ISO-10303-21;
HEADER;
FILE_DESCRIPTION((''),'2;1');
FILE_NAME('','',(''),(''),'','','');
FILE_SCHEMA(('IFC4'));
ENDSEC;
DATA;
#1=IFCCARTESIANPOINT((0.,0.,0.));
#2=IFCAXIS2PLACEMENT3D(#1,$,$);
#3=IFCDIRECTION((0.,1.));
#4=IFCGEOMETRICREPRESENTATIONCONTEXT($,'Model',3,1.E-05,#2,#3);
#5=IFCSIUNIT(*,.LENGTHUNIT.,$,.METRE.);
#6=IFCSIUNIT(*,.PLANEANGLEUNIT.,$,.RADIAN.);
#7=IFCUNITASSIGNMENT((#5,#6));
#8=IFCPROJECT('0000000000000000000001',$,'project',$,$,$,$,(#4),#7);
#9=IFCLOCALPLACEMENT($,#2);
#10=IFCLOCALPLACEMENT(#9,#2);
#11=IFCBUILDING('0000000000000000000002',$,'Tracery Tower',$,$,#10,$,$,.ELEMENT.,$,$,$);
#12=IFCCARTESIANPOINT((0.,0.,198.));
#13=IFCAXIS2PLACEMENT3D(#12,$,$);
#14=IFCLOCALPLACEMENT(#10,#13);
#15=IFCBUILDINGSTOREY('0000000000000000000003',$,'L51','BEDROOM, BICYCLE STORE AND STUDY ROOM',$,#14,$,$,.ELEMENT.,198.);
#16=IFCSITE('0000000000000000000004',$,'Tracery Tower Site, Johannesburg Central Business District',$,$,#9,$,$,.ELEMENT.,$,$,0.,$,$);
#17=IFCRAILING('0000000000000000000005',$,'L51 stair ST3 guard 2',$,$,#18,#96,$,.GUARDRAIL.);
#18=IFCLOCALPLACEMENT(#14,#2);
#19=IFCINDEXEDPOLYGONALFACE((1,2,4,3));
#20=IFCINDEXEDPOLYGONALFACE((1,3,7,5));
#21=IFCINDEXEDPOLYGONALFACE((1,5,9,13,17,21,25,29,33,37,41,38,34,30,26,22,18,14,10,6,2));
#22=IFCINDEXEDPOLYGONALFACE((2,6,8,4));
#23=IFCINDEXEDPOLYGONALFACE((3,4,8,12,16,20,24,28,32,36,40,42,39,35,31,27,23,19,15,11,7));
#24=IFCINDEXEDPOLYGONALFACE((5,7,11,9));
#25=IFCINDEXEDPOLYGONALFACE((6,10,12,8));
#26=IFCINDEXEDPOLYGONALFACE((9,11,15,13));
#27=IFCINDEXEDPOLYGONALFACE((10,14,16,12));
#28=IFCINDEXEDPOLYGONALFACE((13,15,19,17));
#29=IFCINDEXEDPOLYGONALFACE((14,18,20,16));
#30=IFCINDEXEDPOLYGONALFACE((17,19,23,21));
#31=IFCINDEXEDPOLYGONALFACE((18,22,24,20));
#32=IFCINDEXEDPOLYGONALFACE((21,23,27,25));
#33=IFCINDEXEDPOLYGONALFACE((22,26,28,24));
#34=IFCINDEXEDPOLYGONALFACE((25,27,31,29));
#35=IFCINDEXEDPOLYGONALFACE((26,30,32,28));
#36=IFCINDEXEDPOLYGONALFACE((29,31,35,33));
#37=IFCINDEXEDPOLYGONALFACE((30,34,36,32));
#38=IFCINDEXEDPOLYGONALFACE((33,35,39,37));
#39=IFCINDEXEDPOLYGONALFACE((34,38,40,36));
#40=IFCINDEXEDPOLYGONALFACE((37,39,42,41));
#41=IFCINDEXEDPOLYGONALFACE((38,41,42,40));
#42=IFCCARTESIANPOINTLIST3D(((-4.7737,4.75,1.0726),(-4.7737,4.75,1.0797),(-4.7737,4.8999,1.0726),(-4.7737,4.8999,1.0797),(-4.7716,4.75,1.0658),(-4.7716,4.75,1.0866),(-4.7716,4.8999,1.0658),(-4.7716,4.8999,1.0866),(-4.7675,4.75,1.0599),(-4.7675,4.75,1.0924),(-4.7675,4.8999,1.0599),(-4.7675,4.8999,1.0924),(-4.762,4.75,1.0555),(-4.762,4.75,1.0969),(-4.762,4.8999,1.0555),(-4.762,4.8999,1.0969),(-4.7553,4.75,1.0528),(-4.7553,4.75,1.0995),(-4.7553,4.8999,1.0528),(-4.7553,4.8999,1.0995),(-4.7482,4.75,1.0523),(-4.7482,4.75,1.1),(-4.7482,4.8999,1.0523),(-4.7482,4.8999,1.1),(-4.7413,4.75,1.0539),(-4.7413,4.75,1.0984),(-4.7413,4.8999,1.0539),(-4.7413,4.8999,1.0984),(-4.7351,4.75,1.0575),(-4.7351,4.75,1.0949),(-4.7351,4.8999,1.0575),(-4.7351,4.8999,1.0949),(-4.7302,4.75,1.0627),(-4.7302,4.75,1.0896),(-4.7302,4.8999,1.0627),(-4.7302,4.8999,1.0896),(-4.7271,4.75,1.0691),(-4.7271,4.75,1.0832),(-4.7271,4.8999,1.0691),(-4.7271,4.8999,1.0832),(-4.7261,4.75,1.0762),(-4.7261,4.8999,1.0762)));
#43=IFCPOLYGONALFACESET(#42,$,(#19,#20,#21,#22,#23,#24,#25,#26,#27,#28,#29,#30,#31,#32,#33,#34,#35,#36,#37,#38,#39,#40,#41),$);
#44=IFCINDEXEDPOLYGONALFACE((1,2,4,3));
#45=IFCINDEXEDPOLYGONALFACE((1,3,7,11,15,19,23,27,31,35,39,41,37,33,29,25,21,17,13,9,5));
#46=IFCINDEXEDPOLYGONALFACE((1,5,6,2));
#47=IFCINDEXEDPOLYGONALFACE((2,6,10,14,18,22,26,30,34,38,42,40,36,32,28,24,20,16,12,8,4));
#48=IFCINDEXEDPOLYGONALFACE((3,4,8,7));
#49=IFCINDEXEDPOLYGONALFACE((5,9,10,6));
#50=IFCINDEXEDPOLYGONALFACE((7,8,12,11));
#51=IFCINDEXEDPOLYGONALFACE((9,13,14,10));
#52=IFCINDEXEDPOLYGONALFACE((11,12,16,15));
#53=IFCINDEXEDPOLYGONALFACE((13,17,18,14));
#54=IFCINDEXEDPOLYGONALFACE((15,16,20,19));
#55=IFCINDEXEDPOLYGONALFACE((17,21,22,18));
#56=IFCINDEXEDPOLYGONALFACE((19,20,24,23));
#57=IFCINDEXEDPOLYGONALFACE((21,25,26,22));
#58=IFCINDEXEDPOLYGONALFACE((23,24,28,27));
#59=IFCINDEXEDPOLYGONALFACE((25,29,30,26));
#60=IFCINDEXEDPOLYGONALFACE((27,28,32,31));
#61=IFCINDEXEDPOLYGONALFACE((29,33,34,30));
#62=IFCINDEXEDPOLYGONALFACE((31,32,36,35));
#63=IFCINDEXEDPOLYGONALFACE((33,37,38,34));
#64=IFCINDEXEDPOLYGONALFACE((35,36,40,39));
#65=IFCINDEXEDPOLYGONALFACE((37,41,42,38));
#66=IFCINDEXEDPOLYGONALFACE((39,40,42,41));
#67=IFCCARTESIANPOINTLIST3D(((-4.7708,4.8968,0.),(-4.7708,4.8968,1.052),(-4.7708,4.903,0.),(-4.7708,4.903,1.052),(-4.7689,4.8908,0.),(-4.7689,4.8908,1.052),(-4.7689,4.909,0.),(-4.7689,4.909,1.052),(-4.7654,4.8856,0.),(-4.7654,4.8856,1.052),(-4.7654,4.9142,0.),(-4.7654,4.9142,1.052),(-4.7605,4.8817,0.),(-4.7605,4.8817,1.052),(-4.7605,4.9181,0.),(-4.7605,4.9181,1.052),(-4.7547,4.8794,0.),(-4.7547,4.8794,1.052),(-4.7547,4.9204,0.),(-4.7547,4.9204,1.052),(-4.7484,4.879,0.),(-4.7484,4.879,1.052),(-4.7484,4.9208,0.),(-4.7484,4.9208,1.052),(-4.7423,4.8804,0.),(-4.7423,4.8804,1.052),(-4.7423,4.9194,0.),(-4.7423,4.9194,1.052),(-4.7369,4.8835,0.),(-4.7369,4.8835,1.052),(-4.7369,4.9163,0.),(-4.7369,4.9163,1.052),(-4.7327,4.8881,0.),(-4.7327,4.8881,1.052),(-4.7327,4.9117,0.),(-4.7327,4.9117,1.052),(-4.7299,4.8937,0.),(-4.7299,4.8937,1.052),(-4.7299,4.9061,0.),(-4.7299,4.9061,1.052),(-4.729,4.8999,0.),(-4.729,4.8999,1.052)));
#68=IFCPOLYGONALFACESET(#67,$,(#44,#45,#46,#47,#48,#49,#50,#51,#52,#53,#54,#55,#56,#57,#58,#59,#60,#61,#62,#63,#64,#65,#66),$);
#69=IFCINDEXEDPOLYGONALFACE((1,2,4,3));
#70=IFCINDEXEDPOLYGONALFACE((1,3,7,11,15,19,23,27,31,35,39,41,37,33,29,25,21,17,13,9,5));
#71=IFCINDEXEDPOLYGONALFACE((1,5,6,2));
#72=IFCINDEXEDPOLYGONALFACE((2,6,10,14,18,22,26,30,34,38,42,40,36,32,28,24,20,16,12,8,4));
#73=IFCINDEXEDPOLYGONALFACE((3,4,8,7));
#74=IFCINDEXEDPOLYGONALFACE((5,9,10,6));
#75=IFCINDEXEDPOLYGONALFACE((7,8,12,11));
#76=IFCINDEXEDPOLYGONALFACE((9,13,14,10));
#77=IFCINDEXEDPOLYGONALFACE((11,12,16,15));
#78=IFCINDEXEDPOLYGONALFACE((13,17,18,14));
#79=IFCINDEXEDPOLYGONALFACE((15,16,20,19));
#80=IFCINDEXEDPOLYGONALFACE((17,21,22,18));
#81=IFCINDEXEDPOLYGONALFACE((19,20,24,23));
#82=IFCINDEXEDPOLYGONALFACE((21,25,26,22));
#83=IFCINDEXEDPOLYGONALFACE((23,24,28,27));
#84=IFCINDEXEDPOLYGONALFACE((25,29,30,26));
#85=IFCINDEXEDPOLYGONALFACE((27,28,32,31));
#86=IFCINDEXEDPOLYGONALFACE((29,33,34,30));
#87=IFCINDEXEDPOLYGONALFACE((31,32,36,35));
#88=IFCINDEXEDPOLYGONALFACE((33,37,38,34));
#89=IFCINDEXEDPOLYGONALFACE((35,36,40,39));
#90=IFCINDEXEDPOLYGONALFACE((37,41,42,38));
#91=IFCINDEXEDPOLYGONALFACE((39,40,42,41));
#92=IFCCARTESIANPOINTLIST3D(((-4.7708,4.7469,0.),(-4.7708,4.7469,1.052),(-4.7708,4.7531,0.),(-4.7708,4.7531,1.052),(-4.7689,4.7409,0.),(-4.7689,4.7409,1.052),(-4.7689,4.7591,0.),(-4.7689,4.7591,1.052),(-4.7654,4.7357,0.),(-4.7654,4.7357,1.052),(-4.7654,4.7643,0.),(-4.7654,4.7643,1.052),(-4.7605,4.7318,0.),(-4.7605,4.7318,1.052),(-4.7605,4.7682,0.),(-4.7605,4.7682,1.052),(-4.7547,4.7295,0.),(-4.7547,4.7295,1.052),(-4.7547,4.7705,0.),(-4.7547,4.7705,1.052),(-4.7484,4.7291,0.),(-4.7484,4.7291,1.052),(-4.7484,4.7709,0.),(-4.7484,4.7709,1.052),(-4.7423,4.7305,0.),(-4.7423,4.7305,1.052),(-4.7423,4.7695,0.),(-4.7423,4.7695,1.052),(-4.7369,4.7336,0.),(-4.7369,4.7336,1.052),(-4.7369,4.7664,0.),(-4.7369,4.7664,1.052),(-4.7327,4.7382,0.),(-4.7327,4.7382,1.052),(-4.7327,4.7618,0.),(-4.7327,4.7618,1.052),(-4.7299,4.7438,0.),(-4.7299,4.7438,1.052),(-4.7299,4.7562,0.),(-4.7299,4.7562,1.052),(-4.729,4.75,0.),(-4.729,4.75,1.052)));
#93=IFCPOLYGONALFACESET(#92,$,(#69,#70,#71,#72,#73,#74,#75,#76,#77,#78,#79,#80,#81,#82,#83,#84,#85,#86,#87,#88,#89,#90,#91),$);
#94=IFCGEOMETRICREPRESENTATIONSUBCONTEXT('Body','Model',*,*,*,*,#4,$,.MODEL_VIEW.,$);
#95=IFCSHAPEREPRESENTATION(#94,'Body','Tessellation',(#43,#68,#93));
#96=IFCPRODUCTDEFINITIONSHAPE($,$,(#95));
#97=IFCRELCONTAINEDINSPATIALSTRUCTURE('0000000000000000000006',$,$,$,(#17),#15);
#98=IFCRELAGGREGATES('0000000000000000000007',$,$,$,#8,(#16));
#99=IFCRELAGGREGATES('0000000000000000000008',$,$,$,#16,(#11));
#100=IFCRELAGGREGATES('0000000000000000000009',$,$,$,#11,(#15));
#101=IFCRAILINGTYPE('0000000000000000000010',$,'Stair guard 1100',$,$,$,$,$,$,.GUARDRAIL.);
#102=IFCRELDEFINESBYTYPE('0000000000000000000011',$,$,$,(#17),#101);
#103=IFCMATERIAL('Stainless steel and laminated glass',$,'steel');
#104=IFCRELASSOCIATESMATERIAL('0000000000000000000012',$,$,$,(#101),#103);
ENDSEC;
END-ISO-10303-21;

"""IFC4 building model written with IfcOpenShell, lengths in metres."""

from ifc_helpers import new_model, si_unit, direction, frame, origin, origin_2d, place, context, subcontext, project, spatial, circle, extrude, material, type_object, element, save


model = new_model("IFC4")

# Units and contexts
model_context = context("Model", 3, precision=1e-05, world=origin(), true_north=direction((0.0, 1.0)))
body_context = subcontext(model_context, "Body", "Model", "MODEL_VIEW")
ifc_project = project(units=[si_unit("LENGTHUNIT", "METRE"), si_unit("PLANEANGLEUNIT", "RADIAN")], contexts=[model_context])

# Site, building, storey
site_placement = place(None, origin())
site = spatial("IfcSite", under=ifc_project, at=site_placement, Name="Tracery Tower Site, Johannesburg Central Business District", CompositionType="ELEMENT", RefElevation=0.0)
building_placement = place(site_placement, origin())
building = spatial("IfcBuilding", under=site, at=building_placement, Name="Tracery Tower", CompositionType="ELEMENT")
storey_placement = place(building_placement, frame((0.0, 0.0, 198.0)))
storey = spatial("IfcBuildingStorey", under=building, at=storey_placement, Name="L51", Description="BEDROOM, BICYCLE STORE AND STUDY ROOM", CompositionType="ELEMENT", Elevation=198.0)

# Railing
ifc_material_1 = material(Name="Stainless steel and laminated glass", Category="steel")
railing_type_1 = type_object("IfcRailingType", Name="Stair guard 1100", PredefinedType="GUARDRAIL", material=ifc_material_1)
railing_1_placement = place(storey_placement, frame((-4.75, 4.8999, 0.0)))
element("IfcRailing", 1, at=railing_1_placement, inside=storey, type_object=railing_type_1, Name="L51 stair ST3 guard 2", PredefinedType="GUARDRAIL", context=body_context, shape_type="SweptSolid", body=[
    extrude(circle(Radius=0.0239, at=origin_2d()), frame((0.0, 0.0, 1.0762), z_axis=(0.0, -1.0, 0.0), x_axis=(1.0, 0.0, 0.0)), (0.0, 0.0, 1.0), 0.1499),
    extrude(circle(Radius=0.021, at=origin_2d()), origin(), (0.0, 0.0, 1.0), 1.052),
    extrude(circle(Radius=0.021, at=origin_2d()), frame((0.0, -0.1499, 0.0)), (0.0, 0.0, 1.0), 1.052),
])

save(model, "model.ifc")
